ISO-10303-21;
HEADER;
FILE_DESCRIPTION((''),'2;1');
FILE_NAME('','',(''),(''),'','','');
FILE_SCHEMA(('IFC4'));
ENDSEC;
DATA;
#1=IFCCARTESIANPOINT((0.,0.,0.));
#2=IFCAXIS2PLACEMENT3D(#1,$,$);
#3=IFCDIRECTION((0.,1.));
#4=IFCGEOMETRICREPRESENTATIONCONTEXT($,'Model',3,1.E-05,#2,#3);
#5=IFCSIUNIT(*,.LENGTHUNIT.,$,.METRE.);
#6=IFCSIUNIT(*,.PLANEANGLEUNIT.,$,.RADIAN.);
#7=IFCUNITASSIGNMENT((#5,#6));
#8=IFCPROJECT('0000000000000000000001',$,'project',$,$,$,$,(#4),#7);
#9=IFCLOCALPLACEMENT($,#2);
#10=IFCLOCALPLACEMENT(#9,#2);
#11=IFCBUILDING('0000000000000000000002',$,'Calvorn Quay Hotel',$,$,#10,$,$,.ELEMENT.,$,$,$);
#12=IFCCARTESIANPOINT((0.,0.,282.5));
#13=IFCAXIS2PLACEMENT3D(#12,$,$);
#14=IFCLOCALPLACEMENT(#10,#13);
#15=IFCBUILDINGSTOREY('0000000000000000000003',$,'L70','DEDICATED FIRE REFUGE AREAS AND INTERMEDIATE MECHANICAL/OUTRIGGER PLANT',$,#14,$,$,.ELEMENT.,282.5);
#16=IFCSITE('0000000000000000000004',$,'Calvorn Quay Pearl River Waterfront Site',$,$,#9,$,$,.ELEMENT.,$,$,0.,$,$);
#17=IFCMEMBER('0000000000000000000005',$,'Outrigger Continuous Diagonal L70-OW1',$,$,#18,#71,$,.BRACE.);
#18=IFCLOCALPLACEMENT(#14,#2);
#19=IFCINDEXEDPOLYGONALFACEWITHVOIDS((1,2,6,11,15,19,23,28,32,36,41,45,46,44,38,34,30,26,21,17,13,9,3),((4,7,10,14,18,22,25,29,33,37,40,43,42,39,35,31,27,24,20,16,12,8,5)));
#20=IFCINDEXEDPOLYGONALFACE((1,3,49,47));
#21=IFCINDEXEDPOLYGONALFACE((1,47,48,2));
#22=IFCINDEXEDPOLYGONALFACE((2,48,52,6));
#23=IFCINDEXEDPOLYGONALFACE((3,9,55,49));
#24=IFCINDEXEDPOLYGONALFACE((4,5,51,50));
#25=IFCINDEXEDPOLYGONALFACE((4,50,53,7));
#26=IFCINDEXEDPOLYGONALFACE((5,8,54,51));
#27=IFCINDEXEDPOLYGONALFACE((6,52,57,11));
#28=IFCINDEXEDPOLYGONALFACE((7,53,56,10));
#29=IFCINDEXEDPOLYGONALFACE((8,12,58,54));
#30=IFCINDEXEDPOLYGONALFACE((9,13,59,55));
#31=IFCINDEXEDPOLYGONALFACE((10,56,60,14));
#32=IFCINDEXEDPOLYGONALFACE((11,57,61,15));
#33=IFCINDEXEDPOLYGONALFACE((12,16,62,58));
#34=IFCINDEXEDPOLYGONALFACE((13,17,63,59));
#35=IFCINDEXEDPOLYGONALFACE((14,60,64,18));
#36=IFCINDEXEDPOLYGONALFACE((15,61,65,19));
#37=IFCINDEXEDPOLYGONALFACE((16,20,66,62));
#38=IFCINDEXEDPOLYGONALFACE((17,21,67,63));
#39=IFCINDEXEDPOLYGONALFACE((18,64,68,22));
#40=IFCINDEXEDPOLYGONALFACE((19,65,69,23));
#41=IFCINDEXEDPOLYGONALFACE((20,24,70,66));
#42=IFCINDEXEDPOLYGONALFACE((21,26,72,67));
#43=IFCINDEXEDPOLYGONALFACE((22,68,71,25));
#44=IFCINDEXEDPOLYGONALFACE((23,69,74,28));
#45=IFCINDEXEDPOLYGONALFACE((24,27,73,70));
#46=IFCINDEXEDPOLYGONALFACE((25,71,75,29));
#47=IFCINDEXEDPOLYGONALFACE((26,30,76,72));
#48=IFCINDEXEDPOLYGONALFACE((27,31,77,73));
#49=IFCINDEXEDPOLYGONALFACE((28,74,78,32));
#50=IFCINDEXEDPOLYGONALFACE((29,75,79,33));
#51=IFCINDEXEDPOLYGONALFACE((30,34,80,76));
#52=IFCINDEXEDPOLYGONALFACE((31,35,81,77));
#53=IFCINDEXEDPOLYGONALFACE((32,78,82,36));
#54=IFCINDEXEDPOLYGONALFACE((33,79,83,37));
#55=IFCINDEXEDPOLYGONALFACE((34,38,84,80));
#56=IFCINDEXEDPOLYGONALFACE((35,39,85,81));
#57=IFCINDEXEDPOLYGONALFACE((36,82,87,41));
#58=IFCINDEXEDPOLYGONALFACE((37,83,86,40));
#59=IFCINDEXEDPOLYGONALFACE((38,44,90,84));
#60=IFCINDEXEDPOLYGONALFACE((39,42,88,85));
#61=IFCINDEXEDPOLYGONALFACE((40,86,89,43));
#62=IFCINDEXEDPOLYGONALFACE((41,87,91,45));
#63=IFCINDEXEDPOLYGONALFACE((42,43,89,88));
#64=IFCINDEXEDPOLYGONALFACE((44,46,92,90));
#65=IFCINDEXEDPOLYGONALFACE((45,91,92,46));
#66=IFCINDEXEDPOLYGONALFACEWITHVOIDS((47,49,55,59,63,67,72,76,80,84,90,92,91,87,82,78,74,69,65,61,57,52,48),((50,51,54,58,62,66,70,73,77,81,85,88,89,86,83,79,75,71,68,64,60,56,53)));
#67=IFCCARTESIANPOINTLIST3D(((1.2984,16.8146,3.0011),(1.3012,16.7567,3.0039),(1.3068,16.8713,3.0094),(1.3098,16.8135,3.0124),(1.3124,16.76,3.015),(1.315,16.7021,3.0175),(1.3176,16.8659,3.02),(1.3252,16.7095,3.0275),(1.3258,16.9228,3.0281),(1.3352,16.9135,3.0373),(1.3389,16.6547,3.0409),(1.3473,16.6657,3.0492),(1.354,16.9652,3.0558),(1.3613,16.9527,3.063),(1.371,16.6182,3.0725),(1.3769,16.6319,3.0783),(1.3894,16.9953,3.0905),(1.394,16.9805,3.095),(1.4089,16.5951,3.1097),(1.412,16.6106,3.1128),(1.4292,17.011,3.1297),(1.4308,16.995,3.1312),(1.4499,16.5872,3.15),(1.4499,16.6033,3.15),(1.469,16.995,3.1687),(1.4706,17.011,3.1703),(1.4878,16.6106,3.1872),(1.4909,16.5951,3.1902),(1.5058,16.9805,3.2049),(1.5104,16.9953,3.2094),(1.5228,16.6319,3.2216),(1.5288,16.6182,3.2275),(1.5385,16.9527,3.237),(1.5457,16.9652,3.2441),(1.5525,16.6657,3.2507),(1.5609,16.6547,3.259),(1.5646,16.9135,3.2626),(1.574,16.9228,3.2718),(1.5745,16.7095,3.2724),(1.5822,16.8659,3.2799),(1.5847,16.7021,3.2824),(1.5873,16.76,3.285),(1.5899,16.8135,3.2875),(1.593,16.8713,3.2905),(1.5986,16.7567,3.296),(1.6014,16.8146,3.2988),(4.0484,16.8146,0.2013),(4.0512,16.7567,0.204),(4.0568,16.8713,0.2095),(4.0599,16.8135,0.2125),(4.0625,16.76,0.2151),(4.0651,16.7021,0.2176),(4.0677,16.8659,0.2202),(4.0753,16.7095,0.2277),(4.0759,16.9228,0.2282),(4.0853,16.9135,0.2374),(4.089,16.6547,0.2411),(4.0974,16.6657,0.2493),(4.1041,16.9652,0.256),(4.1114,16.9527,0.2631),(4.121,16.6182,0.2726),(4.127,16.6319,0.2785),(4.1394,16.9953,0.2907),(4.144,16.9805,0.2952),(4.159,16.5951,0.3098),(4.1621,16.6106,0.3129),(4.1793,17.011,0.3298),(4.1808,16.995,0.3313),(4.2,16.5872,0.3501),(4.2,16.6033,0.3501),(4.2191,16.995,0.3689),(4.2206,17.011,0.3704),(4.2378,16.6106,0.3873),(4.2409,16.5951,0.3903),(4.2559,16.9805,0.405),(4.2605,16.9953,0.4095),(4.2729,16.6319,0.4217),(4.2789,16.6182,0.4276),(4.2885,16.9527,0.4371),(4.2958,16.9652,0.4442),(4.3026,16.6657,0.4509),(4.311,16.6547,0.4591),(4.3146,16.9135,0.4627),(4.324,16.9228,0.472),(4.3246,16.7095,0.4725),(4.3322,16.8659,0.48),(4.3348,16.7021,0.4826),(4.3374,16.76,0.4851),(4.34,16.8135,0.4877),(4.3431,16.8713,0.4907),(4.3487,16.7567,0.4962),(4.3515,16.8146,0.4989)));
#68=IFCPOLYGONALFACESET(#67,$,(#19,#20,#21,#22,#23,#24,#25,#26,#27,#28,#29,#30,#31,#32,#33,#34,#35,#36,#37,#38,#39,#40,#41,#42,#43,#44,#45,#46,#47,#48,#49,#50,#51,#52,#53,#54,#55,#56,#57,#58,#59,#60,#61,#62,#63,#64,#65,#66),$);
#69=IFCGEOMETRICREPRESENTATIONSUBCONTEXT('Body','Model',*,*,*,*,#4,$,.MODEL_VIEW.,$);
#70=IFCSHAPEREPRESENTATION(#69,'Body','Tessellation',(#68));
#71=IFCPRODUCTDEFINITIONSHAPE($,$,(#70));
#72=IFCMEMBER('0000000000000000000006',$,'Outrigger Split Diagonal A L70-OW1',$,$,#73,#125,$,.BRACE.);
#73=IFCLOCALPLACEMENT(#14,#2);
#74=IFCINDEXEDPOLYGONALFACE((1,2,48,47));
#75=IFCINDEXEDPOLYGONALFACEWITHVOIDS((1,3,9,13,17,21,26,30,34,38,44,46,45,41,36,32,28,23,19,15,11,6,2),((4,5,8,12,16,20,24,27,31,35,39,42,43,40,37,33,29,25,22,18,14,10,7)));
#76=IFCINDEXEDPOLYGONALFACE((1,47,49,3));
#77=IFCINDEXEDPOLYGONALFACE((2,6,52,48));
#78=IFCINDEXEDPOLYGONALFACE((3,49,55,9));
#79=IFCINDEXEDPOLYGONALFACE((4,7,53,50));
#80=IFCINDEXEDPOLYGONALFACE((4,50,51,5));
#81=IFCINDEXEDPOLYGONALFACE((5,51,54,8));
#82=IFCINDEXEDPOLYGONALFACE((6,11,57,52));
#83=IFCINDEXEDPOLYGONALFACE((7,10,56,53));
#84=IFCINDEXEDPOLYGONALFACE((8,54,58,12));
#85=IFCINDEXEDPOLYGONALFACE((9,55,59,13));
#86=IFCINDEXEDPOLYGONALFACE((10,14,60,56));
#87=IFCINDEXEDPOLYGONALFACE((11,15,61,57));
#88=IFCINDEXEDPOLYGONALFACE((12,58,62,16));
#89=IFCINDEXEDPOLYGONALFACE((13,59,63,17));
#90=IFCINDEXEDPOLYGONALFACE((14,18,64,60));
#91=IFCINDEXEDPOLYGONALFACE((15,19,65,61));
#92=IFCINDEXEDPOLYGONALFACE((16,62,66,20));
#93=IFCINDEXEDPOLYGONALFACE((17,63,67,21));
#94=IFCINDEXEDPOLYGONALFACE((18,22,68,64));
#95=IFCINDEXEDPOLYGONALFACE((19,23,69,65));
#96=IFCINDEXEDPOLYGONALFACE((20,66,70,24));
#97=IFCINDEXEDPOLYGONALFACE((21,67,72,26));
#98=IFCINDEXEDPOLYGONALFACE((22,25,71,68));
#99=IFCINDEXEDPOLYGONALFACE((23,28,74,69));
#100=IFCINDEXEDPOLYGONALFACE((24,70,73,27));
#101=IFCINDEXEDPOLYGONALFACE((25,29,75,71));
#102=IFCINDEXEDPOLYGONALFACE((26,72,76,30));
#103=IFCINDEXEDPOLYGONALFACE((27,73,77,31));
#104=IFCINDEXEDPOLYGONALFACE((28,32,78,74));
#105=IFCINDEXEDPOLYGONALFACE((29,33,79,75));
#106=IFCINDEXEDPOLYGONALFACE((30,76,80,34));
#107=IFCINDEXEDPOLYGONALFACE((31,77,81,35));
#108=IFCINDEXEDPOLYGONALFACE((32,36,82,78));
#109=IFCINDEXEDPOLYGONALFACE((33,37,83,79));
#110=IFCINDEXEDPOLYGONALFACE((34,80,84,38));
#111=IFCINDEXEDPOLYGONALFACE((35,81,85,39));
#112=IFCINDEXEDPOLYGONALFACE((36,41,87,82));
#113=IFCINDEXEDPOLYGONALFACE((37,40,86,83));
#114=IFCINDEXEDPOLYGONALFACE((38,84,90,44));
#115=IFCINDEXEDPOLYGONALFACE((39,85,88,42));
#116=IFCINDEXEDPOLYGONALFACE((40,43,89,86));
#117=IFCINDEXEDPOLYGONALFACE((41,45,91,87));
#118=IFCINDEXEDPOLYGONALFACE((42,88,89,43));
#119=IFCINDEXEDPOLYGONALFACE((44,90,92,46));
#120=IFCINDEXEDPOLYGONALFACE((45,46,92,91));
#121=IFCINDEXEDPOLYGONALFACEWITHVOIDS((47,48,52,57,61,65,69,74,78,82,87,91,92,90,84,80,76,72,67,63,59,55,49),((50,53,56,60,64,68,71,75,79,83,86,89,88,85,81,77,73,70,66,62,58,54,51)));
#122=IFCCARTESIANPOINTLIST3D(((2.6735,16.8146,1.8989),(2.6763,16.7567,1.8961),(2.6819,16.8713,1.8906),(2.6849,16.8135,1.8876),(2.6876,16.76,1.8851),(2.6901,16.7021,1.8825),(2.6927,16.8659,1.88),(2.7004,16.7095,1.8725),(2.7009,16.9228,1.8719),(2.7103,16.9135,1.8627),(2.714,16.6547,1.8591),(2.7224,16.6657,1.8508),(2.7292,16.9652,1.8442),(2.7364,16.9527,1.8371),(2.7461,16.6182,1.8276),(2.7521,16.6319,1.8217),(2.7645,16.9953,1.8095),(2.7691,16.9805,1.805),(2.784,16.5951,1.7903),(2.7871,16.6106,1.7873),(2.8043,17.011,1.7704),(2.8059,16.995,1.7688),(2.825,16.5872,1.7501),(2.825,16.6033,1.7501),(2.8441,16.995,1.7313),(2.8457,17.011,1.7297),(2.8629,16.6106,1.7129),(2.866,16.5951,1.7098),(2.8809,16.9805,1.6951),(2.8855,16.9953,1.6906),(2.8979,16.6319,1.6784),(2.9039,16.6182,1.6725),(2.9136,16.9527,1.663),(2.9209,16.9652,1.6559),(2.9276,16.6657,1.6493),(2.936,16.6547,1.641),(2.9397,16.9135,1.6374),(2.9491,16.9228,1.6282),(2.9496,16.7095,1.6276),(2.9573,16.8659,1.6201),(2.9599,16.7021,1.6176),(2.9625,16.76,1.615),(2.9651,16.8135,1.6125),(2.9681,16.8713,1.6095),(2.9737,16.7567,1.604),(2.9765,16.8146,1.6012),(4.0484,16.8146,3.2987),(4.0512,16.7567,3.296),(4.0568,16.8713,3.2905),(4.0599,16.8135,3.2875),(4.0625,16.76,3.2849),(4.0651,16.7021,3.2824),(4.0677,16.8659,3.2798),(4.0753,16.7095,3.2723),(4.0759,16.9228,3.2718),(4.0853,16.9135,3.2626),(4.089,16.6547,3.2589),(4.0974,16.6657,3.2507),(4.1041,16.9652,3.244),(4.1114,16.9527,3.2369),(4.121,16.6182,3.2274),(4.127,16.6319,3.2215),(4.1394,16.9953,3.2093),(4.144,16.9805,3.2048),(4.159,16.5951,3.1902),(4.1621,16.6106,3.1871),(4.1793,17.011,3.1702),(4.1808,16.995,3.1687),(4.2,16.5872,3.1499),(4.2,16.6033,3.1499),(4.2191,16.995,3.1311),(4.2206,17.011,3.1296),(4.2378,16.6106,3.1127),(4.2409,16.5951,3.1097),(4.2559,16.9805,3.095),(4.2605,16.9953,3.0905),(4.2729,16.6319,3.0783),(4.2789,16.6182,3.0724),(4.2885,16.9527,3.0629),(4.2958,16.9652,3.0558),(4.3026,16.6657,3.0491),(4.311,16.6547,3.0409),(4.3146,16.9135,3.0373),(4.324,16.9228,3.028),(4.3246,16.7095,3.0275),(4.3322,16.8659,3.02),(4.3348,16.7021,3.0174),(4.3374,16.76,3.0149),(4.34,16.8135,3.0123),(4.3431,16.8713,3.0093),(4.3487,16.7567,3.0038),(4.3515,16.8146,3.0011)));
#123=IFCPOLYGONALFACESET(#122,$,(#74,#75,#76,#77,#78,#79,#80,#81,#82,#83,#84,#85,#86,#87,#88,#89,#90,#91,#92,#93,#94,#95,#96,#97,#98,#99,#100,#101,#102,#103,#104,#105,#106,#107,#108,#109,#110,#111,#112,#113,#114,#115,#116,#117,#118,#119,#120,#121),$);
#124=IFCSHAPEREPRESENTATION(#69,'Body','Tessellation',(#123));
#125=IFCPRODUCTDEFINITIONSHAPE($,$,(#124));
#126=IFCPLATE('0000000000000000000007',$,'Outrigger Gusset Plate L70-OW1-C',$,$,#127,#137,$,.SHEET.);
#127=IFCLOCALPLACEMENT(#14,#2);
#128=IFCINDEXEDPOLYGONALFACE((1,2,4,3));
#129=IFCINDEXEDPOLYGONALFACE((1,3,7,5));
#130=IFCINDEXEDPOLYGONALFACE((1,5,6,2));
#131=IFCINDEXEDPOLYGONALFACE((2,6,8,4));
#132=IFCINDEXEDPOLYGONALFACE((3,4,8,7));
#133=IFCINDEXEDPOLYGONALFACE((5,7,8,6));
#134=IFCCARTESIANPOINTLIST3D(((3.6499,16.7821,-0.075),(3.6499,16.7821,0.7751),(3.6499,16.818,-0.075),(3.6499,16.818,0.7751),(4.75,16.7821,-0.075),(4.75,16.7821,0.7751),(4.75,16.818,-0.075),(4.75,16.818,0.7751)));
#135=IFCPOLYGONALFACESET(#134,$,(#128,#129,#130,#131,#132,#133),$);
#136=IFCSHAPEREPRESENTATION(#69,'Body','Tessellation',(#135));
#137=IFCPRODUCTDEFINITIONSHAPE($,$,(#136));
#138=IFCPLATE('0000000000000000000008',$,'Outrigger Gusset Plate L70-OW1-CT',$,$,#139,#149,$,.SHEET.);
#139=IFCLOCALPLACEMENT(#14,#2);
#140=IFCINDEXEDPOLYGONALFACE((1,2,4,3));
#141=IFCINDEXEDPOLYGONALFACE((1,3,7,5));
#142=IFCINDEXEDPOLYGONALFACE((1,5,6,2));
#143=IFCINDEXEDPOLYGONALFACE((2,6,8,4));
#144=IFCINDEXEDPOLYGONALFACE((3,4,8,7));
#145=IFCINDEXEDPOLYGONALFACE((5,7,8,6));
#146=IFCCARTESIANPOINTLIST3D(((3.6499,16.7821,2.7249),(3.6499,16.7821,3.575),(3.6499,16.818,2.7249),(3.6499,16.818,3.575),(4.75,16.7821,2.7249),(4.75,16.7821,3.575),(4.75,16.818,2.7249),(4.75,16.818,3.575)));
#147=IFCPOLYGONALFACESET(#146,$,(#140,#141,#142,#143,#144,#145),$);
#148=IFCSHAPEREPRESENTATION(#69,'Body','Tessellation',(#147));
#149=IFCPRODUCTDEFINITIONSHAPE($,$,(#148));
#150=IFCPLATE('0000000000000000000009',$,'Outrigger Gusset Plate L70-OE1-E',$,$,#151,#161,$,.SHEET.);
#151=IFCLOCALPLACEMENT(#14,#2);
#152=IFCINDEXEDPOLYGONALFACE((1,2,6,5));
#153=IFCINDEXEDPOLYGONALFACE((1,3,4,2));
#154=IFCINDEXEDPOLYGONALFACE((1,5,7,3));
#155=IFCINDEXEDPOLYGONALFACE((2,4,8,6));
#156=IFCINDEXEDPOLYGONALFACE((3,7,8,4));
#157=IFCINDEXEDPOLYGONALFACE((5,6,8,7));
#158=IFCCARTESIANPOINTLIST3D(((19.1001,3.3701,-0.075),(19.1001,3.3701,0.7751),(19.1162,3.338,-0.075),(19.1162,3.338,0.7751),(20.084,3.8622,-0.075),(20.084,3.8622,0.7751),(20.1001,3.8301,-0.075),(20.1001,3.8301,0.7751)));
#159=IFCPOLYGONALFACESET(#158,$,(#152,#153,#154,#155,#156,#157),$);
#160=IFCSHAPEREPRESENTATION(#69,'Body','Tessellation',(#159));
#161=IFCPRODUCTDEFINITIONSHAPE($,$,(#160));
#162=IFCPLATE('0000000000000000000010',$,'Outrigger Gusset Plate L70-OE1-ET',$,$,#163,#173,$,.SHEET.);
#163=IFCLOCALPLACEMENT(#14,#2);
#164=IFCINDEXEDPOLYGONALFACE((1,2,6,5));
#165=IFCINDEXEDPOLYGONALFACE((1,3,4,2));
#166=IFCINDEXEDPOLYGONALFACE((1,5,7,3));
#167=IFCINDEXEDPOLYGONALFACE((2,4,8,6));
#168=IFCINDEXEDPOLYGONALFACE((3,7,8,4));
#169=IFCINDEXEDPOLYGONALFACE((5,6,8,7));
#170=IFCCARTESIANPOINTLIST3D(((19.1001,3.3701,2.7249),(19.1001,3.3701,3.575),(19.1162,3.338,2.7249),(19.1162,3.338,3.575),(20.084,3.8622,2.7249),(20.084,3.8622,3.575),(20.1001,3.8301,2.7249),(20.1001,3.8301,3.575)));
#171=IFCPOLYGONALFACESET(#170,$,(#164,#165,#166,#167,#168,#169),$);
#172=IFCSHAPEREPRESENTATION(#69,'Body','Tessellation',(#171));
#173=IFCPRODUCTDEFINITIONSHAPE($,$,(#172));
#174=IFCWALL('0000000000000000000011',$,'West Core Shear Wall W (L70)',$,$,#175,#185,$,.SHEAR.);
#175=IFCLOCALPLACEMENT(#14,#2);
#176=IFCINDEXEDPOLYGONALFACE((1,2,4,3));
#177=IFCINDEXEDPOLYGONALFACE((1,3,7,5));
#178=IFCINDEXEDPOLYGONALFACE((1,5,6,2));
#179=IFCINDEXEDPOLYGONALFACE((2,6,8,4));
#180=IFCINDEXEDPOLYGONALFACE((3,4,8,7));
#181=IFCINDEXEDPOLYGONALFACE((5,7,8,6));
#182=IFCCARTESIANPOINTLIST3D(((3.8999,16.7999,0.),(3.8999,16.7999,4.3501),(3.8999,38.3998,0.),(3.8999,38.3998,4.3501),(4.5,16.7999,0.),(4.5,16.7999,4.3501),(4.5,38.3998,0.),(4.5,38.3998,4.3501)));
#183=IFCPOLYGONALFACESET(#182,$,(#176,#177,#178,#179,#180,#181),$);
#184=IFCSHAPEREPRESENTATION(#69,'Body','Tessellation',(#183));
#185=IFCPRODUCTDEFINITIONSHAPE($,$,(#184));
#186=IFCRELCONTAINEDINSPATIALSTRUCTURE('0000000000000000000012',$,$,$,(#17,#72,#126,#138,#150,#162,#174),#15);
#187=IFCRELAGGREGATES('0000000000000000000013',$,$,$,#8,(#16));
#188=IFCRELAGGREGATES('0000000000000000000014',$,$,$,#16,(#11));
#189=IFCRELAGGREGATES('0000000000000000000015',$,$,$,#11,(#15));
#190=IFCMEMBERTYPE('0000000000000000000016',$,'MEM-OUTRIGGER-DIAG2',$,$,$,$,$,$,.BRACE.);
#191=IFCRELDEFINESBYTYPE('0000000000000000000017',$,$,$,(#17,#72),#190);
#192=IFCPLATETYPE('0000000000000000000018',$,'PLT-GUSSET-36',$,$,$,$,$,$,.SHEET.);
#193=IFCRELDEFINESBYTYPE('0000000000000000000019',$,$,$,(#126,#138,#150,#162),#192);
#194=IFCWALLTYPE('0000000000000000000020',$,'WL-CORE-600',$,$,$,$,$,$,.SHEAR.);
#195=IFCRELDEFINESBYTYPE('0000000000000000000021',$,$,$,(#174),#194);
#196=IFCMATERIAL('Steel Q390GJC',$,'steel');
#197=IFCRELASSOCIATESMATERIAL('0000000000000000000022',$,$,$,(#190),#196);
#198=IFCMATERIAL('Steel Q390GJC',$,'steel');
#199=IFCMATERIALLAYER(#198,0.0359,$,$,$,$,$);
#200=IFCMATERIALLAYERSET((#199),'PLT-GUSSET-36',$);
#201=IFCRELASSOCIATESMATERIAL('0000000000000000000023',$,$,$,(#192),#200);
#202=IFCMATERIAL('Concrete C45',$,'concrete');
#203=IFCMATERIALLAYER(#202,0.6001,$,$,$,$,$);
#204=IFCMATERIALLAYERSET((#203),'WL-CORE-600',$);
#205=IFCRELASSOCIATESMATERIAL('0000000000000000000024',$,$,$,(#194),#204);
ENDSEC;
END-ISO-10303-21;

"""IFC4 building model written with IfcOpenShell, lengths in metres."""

from ifc_helpers import new_model, si_unit, direction, frame, frame_2d, origin, origin_2d, place, context, subcontext, project, spatial, rectangle, hollow_circle, extrude, material, layer, layer_set, material_profile, profile_set, type_object, element, save


model = new_model("IFC4")

# Units and contexts
model_context = context("Model", 3, precision=1e-05, world=origin(), true_north=direction((0.0, 1.0)))
body_context = subcontext(model_context, "Body", "Model", "MODEL_VIEW")
ifc_project = project(units=[si_unit("LENGTHUNIT", "METRE"), si_unit("PLANEANGLEUNIT", "RADIAN")], contexts=[model_context])

# Site, building, storey
site_placement = place(None, origin())
site = spatial("IfcSite", under=ifc_project, at=site_placement, Name="Calvorn Quay Pearl River Waterfront Site", CompositionType="ELEMENT", RefElevation=0.0)
building_placement = place(site_placement, origin())
building = spatial("IfcBuilding", under=site, at=building_placement, Name="Calvorn Quay Hotel", CompositionType="ELEMENT")
storey_placement = place(building_placement, frame((0.0, 0.0, 282.5)))
storey = spatial("IfcBuildingStorey", under=building, at=storey_placement, Name="L70", Description="DEDICATED FIRE REFUGE AREAS AND INTERMEDIATE MECHANICAL/OUTRIGGER PLANT", CompositionType="ELEMENT", Elevation=282.5)

# Members
ifc_material_1 = material(Name="Steel Q390GJC", Category="steel")
ifc_material_profile_1 = material_profile(ifc_material_1, hollow_circle(Radius=0.2129, WallThickness=0.0161, at=origin_2d()), Name="CHS426x16")
ifc_profile_set_1 = profile_set([ifc_material_profile_1], Name="Steel Q390GJC")
member_type_1 = type_object("IfcMemberType", Name="MEM-OUTRIGGER-DIAG2", PredefinedType="BRACE", material=ifc_profile_set_1)
member_1_placement = place(storey_placement, frame((4.2, 16.8, 0.3501), z_axis=(-0.700733, 0.0, 0.713424), x_axis=(0.0, -1.0, 0.0)))
element("IfcMember", 1, at=member_1_placement, inside=storey, type_object=member_type_1, Name="Outrigger Continuous Diagonal L70-OW1", PredefinedType="BRACE", context=body_context, shape_type="SweptSolid", body=[
    extrude(hollow_circle(Radius=0.2129, WallThickness=0.0161, at=origin_2d()), origin(), (0.0, 0.0, 1.0), 3.9246),
])
member_2_placement = place(storey_placement, frame((4.2, 16.8, 3.1499), z_axis=(-0.700733, 0.0, -0.713424), x_axis=(0.0, -1.0, 0.0)))
element("IfcMember", 2, at=member_2_placement, inside=storey, type_object=member_type_1, Name="Outrigger Split Diagonal A L70-OW1", PredefinedType="BRACE", context=body_context, shape_type="SweptSolid", body=[
    extrude(hollow_circle(Radius=0.2129, WallThickness=0.0161, at=origin_2d()), origin(), (0.0, 0.0, 1.0), 1.9622),
])

# Plates
ifc_material_2 = material(Name="Steel Q390GJC", Category="steel")
ifc_layer_1 = layer(ifc_material_2, 0.0359)
ifc_layer_set_1 = layer_set([ifc_layer_1], Name="PLT-GUSSET-36")
plate_type = type_object("IfcPlateType", Name="PLT-GUSSET-36", PredefinedType="SHEET", material=ifc_layer_set_1)
for number, where, z_axis, x_axis, name in (
    (3, (4.2, 16.8, -0.075), (0.0, 0.0, 1.0), (-1.0, 0.0, 0.0), "Outrigger Gusset Plate L70-OW1-C"),
    (4, (4.2, 16.8, 2.7249), (0.0, 0.0, 1.0), (-1.0, 0.0, 0.0), "Outrigger Gusset Plate L70-OW1-CT"),
    (5, (19.6001, 3.6001, -0.075), (0.0, 0.0, 1.0), (-0.894389, -0.447291, 0.0), "Outrigger Gusset Plate L70-OE1-E"),
    (6, (19.6001, 3.6001, 2.7249), (0.0, 0.0, 1.0), (-0.894389, -0.447291, 0.0), "Outrigger Gusset Plate L70-OE1-ET"),
):
    element("IfcPlate", number, at=place(storey_placement, frame(where, z_axis=z_axis, x_axis=x_axis)), inside=storey, type_object=plate_type, Name=name, PredefinedType="SHEET", context=body_context, shape_type="SweptSolid", body=[
        extrude(rectangle(XDim=1.1001, YDim=0.0359, at=origin_2d()), origin(), (0.0, 0.0, 1.0), 0.8501),
    ])

# Wall
ifc_material_3 = material(Name="Concrete C45", Category="concrete")
ifc_layer_2 = layer(ifc_material_3, 0.6001)
ifc_layer_set_2 = layer_set([ifc_layer_2], Name="WL-CORE-600")
wall_type_1 = type_object("IfcWallType", Name="WL-CORE-600", PredefinedType="SHEAR", material=ifc_layer_set_2)
wall_1_placement = place(storey_placement, frame((4.2, 16.8, 0.0), z_axis=(0.0, 0.0, 1.0), x_axis=(0.0, 1.0, 0.0)))
element("IfcWall", 7, at=wall_1_placement, inside=storey, type_object=wall_type_1, Name="West Core Shear Wall W (L70)", PredefinedType="SHEAR", context=body_context, shape_type="SweptSolid", body=[
    extrude(rectangle(XDim=21.5999, YDim=0.6001, at=frame_2d((10.7998, 0.0))), origin(), (0.0, 0.0, 1.0), 4.3501),
])

save(model, "model.ifc")
